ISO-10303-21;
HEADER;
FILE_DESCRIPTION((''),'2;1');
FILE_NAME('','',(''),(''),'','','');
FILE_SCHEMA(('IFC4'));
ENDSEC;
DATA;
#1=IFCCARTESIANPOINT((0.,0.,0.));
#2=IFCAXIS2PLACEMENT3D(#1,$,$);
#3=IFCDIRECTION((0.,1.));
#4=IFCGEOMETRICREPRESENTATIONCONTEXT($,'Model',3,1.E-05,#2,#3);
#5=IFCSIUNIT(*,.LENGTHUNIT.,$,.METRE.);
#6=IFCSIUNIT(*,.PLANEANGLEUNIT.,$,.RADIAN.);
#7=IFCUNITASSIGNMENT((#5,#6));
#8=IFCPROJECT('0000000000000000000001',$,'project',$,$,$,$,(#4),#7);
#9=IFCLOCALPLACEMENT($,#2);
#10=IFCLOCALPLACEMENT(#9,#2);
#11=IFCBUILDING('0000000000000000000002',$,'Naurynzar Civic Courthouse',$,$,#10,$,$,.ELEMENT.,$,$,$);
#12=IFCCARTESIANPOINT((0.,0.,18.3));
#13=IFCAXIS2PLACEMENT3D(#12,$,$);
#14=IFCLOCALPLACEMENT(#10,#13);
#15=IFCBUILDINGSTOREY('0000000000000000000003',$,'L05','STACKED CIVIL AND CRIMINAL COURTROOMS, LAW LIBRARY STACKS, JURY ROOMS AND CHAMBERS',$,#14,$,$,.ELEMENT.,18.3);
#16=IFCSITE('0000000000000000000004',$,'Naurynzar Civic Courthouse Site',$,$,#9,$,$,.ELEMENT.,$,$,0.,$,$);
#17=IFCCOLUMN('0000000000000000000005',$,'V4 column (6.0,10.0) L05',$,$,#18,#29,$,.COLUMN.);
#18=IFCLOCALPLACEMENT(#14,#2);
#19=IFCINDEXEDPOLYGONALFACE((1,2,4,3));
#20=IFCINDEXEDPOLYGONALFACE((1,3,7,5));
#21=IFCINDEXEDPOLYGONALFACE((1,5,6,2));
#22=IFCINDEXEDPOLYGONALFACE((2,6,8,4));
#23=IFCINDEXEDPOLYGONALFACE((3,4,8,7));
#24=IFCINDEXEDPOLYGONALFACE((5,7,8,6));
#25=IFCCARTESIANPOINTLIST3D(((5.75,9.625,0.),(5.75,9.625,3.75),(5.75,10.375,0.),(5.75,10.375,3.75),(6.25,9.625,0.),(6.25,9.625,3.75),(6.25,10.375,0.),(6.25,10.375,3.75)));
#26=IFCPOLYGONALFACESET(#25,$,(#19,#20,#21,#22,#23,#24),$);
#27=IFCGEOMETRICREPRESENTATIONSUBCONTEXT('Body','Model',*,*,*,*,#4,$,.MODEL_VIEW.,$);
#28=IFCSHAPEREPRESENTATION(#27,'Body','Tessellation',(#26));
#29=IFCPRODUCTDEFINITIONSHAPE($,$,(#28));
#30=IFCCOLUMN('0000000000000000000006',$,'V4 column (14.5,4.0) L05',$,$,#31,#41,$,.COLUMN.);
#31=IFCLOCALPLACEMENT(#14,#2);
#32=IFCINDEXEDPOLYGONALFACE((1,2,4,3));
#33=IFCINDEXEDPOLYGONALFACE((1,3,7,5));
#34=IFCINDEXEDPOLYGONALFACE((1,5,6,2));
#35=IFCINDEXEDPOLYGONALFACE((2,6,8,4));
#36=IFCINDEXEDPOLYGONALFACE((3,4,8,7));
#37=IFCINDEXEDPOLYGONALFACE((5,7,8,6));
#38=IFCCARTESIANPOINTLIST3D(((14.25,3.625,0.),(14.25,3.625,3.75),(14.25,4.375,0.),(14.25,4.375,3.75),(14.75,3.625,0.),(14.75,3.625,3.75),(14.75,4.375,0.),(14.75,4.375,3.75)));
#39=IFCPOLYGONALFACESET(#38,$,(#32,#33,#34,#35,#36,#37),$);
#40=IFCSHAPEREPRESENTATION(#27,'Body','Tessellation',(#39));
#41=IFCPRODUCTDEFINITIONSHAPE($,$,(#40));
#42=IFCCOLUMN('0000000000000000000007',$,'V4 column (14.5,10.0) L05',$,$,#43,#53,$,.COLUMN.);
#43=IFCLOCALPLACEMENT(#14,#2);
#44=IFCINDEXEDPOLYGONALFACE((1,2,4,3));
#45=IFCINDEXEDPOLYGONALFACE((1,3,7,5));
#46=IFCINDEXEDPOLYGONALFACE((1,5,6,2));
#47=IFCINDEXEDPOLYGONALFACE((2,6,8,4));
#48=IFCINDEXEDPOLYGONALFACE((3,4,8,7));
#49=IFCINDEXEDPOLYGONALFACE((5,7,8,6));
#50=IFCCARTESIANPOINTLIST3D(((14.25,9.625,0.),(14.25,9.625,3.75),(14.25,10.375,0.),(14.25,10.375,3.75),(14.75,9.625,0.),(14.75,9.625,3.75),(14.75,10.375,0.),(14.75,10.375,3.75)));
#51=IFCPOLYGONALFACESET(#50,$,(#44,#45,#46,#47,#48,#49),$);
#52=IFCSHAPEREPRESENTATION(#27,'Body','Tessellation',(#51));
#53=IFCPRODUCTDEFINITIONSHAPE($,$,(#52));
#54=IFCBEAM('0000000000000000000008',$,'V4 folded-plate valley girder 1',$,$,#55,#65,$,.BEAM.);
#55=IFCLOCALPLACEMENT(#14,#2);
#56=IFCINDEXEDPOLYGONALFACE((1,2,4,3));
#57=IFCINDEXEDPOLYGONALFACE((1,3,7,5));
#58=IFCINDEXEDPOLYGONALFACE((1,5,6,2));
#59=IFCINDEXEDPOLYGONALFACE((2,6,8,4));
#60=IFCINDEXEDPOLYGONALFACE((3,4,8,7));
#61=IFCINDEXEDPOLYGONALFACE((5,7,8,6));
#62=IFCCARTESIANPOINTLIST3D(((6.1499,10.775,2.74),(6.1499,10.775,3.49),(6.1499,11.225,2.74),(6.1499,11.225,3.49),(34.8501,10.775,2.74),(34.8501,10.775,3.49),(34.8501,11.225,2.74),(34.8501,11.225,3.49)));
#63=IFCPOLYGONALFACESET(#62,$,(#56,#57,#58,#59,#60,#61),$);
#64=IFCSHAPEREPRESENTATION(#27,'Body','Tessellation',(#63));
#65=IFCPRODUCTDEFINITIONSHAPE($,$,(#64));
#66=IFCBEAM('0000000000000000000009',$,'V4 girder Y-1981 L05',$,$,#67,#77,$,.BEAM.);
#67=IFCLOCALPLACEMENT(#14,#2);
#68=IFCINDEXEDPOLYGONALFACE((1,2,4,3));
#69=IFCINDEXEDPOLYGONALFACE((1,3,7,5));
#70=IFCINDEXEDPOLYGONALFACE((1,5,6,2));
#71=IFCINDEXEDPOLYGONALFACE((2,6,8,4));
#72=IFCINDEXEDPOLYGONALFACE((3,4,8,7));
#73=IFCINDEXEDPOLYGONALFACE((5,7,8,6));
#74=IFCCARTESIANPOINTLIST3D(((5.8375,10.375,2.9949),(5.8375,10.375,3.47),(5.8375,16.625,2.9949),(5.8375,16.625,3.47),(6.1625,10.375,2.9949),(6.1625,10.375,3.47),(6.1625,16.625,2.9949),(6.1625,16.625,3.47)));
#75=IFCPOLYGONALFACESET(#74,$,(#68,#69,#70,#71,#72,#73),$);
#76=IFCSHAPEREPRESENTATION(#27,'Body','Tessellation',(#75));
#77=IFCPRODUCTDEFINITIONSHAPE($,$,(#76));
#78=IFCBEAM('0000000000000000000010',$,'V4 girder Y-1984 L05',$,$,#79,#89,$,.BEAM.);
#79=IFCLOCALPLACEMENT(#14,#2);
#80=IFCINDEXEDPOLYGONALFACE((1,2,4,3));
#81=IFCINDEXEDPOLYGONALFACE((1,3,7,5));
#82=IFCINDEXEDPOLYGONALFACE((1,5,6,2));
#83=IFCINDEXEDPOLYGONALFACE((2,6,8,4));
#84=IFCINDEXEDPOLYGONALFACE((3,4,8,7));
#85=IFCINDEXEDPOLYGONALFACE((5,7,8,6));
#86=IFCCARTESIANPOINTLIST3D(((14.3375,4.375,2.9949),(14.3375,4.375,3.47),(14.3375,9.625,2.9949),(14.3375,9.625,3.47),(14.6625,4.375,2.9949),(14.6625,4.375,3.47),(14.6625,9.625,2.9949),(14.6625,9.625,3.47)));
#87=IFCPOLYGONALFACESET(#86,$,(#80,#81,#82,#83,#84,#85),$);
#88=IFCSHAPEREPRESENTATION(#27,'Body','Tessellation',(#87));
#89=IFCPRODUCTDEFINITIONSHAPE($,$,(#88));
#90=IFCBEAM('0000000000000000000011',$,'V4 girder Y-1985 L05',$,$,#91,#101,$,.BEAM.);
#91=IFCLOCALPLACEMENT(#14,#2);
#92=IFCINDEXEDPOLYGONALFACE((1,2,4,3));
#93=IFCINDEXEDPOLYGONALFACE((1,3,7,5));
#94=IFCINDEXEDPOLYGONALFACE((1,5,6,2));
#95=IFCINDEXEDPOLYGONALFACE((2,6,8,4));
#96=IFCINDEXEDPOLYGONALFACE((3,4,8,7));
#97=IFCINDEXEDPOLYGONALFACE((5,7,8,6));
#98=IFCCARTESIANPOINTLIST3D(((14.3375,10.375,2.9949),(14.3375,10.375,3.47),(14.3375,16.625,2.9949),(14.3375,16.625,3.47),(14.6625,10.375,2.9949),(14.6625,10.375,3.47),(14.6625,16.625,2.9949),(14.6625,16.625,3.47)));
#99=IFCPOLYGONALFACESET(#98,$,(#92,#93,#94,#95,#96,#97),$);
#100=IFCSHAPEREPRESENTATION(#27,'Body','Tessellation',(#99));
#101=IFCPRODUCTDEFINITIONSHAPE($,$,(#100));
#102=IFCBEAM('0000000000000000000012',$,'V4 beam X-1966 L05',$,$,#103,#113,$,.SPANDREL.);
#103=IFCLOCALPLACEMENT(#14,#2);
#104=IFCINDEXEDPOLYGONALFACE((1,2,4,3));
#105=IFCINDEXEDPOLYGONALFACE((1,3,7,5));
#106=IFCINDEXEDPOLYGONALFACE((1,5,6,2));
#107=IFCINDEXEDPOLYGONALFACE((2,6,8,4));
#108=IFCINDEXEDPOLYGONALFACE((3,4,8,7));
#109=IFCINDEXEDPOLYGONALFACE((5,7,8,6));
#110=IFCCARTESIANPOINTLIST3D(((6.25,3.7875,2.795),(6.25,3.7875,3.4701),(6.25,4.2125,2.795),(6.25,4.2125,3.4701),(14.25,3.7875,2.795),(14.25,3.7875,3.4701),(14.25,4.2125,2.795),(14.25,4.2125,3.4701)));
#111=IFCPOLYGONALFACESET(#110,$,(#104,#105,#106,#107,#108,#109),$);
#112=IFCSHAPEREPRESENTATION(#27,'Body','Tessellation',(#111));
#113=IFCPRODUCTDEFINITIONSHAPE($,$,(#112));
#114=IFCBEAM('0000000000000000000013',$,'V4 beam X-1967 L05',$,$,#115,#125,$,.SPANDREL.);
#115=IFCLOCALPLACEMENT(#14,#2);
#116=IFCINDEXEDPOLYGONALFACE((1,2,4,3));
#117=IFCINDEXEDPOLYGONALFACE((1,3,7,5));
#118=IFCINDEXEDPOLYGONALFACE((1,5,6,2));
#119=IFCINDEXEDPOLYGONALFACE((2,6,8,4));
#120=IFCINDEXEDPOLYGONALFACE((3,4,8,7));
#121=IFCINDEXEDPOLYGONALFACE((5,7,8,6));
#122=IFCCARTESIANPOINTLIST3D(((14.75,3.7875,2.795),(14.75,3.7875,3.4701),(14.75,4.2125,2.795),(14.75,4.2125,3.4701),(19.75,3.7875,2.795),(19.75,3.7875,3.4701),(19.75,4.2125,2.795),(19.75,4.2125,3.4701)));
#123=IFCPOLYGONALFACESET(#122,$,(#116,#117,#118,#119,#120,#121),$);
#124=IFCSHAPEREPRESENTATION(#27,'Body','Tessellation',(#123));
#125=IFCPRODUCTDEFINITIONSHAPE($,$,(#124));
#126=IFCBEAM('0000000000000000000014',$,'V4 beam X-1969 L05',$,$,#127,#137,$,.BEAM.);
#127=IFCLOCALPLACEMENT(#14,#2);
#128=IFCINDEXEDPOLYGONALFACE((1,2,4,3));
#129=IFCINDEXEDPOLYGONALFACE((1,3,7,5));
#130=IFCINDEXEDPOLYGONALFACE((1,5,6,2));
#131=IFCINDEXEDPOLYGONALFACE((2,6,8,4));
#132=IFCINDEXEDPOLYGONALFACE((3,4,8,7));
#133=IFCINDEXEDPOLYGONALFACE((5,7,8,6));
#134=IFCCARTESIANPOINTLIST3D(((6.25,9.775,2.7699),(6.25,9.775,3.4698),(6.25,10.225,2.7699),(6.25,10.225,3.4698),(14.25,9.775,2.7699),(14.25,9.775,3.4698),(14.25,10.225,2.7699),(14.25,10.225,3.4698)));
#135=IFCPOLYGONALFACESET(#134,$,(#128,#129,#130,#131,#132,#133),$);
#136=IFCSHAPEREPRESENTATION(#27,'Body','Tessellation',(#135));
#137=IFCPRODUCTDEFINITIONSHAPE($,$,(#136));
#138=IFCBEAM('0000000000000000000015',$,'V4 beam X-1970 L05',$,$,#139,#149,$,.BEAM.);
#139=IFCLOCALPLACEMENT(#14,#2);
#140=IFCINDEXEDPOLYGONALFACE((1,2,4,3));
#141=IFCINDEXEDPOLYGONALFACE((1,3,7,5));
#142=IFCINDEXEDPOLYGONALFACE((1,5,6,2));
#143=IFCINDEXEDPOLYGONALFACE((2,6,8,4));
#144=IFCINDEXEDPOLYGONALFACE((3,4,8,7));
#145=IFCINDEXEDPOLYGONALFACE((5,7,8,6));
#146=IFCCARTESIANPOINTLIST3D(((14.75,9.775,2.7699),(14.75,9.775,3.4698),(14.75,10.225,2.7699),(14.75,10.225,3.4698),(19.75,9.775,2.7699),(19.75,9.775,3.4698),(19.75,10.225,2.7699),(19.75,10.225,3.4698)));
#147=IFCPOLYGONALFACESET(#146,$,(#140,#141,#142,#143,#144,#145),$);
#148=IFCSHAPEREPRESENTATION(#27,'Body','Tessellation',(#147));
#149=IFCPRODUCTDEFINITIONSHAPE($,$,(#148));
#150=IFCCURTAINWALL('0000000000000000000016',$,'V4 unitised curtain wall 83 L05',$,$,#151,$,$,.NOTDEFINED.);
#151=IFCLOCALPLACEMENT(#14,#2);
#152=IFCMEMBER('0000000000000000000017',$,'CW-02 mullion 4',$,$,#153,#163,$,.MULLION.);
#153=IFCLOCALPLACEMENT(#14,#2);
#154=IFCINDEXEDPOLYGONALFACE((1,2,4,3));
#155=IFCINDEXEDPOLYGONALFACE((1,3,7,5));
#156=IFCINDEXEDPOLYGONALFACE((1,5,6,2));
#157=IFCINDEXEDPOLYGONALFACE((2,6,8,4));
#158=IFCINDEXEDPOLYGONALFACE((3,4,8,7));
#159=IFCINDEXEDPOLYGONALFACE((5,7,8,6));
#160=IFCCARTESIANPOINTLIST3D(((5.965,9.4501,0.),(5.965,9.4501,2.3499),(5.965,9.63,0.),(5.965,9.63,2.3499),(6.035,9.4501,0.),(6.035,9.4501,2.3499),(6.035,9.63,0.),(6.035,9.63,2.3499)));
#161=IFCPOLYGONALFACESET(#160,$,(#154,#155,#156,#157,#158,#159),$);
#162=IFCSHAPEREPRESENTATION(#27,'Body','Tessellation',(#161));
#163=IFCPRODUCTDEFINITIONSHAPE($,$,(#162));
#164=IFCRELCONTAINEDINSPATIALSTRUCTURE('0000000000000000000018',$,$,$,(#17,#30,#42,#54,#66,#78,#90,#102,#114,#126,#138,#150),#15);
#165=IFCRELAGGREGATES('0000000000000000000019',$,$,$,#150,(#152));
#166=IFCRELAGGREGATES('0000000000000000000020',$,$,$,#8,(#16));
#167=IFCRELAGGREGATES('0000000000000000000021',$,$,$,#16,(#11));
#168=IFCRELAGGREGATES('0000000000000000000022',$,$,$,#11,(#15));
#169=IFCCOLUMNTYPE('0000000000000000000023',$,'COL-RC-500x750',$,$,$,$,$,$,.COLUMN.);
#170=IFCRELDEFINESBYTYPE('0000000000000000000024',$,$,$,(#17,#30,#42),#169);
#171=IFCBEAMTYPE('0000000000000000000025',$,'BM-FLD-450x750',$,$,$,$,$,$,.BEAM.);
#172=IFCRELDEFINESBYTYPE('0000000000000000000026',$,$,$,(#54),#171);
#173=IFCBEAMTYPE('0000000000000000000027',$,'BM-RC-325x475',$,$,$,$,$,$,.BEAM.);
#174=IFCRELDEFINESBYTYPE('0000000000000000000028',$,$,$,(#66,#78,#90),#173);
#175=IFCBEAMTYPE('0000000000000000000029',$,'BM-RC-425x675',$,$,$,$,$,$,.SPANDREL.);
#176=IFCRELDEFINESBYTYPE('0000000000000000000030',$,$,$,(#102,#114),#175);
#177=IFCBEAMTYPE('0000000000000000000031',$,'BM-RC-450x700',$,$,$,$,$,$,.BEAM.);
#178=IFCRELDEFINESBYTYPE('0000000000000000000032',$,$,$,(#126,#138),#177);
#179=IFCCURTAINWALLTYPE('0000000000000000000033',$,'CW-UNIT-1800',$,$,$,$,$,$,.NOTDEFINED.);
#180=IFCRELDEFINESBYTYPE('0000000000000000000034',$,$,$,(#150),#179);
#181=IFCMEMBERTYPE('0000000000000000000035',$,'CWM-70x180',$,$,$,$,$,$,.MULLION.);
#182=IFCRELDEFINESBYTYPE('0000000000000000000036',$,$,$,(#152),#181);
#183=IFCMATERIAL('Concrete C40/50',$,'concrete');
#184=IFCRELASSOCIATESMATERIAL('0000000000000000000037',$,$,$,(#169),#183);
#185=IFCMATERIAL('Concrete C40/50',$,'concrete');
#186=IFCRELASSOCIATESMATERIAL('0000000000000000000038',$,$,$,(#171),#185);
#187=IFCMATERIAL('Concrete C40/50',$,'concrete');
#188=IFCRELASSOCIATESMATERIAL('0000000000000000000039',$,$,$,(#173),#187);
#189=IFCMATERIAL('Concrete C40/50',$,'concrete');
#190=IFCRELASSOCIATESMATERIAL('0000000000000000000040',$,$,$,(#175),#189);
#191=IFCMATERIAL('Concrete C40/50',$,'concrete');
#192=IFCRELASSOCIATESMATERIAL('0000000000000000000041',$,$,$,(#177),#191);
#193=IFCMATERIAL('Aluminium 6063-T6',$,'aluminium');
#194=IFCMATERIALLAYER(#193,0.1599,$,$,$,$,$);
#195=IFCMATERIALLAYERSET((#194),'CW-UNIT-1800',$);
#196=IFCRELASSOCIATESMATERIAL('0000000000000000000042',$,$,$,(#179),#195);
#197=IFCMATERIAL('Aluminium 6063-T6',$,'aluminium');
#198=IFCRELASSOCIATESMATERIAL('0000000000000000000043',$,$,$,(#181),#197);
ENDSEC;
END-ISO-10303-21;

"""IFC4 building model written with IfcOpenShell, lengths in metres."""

from ifc_helpers import new_model, si_unit, direction, frame, origin, origin_2d, place, context, subcontext, project, spatial, rectangle, extrude, material, layer, layer_set, material_profile, profile_set, type_object, element, aggregate, save


model = new_model("IFC4")

# Units and contexts
model_context = context("Model", 3, precision=1e-05, world=origin(), true_north=direction((0.0, 1.0)))
body_context = subcontext(model_context, "Body", "Model", "MODEL_VIEW")
ifc_project = project(units=[si_unit("LENGTHUNIT", "METRE"), si_unit("PLANEANGLEUNIT", "RADIAN")], contexts=[model_context])

# Site, building, storey
site_placement = place(None, origin())
site = spatial("IfcSite", under=ifc_project, at=site_placement, Name="Naurynzar Civic Courthouse Site", CompositionType="ELEMENT", RefElevation=0.0)
building_placement = place(site_placement, origin())
building = spatial("IfcBuilding", under=site, at=building_placement, Name="Naurynzar Civic Courthouse", CompositionType="ELEMENT")
storey_placement = place(building_placement, frame((0.0, 0.0, 18.3)))
storey = spatial("IfcBuildingStorey", under=building, at=storey_placement, Name="L05", Description="STACKED CIVIL AND CRIMINAL COURTROOMS, LAW LIBRARY STACKS, JURY ROOMS AND CHAMBERS", CompositionType="ELEMENT", Elevation=18.3)

# Columns
ifc_material_1 = material(Name="Concrete C40/50", Category="concrete")
ifc_material_profile_1 = material_profile(ifc_material_1, rectangle(XDim=0.5, YDim=0.75, at=origin_2d()), Name="RC 500x750")
ifc_profile_set_1 = profile_set([ifc_material_profile_1], Name="Concrete C40/50")
column_type = type_object("IfcColumnType", Name="COL-RC-500x750", PredefinedType="COLUMN", material=ifc_profile_set_1)
for number, where, z_axis, x_axis, name in (
    (1, (6.0, 10.0, 0.0), (0.0, 0.0, 1.0), (1.0, 0.0, 0.0), "V4 column (6.0,10.0) L05"),
    (2, (14.5, 4.0, 0.0), (0.0, 0.0, 1.0), (1.0, 0.0, 0.0), "V4 column (14.5,4.0) L05"),
    (3, (14.5, 10.0, 0.0), (0.0, 0.0, 1.0), (1.0, 0.0, 0.0), "V4 column (14.5,10.0) L05"),
):
    element("IfcColumn", number, at=place(storey_placement, frame(where, z_axis=z_axis, x_axis=x_axis)), inside=storey, type_object=column_type, Name=name, PredefinedType="COLUMN", context=body_context, shape_type="SweptSolid", body=[
        extrude(rectangle(XDim=0.5, YDim=0.75, at=origin_2d()), origin(), (0.0, 0.0, 1.0), 3.75),
    ])

# Beams
ifc_material_2 = material(Name="Concrete C40/50", Category="concrete")
ifc_material_profile_2 = material_profile(ifc_material_2, rectangle(XDim=0.45, YDim=0.75, at=origin_2d()), Name="RCF 450x750")
ifc_profile_set_2 = profile_set([ifc_material_profile_2], Name="Concrete C40/50")
beam_type_1 = type_object("IfcBeamType", Name="BM-FLD-450x750", PredefinedType="BEAM", material=ifc_profile_set_2)
beam_1_placement = place(storey_placement, frame((6.1499, 11.0, 3.115), z_axis=(1.0, 0.0, 0.0), x_axis=(0.0, 1.0, 0.0)))
element("IfcBeam", 4, at=beam_1_placement, inside=storey, type_object=beam_type_1, Name="V4 folded-plate valley girder 1", PredefinedType="BEAM", context=body_context, shape_type="SweptSolid", body=[
    extrude(rectangle(XDim=0.45, YDim=0.75, at=origin_2d()), origin(), (0.0, 0.0, 1.0), 28.7002),
])
ifc_material_3 = material(Name="Concrete C40/50", Category="concrete")
ifc_material_profile_3 = material_profile(ifc_material_3, rectangle(XDim=0.325, YDim=0.4751, at=origin_2d()), Name="RCB 325x475")
ifc_profile_set_3 = profile_set([ifc_material_profile_3], Name="Concrete C40/50")
beam_type_2 = type_object("IfcBeamType", Name="BM-RC-325x475", PredefinedType="BEAM", material=ifc_profile_set_3)
beam_2_placement = place(storey_placement, frame((6.0, 10.375, 3.2324), z_axis=(0.0, 1.0, 0.0), x_axis=(-1.0, 0.0, 0.0)))
element("IfcBeam", 5, at=beam_2_placement, inside=storey, type_object=beam_type_2, Name="V4 girder Y-1981 L05", PredefinedType="BEAM", context=body_context, shape_type="SweptSolid", body=[
    extrude(rectangle(XDim=0.325, YDim=0.4751, at=origin_2d()), origin(), (0.0, 0.0, 1.0), 6.25),
])
beam_3_placement = place(storey_placement, frame((14.5, 4.375, 3.2324), z_axis=(0.0, 1.0, 0.0), x_axis=(-1.0, 0.0, 0.0)))
element("IfcBeam", 6, at=beam_3_placement, inside=storey, type_object=beam_type_2, Name="V4 girder Y-1984 L05", PredefinedType="BEAM", context=body_context, shape_type="SweptSolid", body=[
    extrude(rectangle(XDim=0.325, YDim=0.4751, at=origin_2d()), origin(), (0.0, 0.0, 1.0), 5.25),
])
beam_4_placement = place(storey_placement, frame((14.5, 10.375, 3.2324), z_axis=(0.0, 1.0, 0.0), x_axis=(-1.0, 0.0, 0.0)))
element("IfcBeam", 7, at=beam_4_placement, inside=storey, type_object=beam_type_2, Name="V4 girder Y-1985 L05", PredefinedType="BEAM", context=body_context, shape_type="SweptSolid", body=[
    extrude(rectangle(XDim=0.325, YDim=0.4751, at=origin_2d()), origin(), (0.0, 0.0, 1.0), 6.25),
])
ifc_material_4 = material(Name="Concrete C40/50", Category="concrete")
ifc_material_profile_4 = material_profile(ifc_material_4, rectangle(XDim=0.425, YDim=0.675, at=origin_2d()), Name="RCB 425x675")
ifc_profile_set_4 = profile_set([ifc_material_profile_4], Name="Concrete C40/50")
beam_type_3 = type_object("IfcBeamType", Name="BM-RC-425x675", PredefinedType="SPANDREL", material=ifc_profile_set_4)
beam_5_placement = place(storey_placement, frame((6.25, 4.0, 3.1326), z_axis=(1.0, 0.0, 0.0), x_axis=(0.0, 1.0, 0.0)))
element("IfcBeam", 8, at=beam_5_placement, inside=storey, type_object=beam_type_3, Name="V4 beam X-1966 L05", PredefinedType="SPANDREL", context=body_context, shape_type="SweptSolid", body=[
    extrude(rectangle(XDim=0.425, YDim=0.675, at=origin_2d()), origin(), (0.0, 0.0, 1.0), 8.0),
])
beam_6_placement = place(storey_placement, frame((14.75, 4.0, 3.1326), z_axis=(1.0, 0.0, 0.0), x_axis=(0.0, 1.0, 0.0)))
element("IfcBeam", 9, at=beam_6_placement, inside=storey, type_object=beam_type_3, Name="V4 beam X-1967 L05", PredefinedType="SPANDREL", context=body_context, shape_type="SweptSolid", body=[
    extrude(rectangle(XDim=0.425, YDim=0.675, at=origin_2d()), origin(), (0.0, 0.0, 1.0), 5.0),
])
ifc_material_5 = material(Name="Concrete C40/50", Category="concrete")
ifc_material_profile_5 = material_profile(ifc_material_5, rectangle(XDim=0.45, YDim=0.7, at=origin_2d()), Name="RCB 450x700")
ifc_profile_set_5 = profile_set([ifc_material_profile_5], Name="Concrete C40/50")
beam_type_4 = type_object("IfcBeamType", Name="BM-RC-450x700", PredefinedType="BEAM", material=ifc_profile_set_5)
beam_7_placement = place(storey_placement, frame((6.25, 10.0, 3.1199), z_axis=(1.0, 0.0, 0.0), x_axis=(0.0, 1.0, 0.0)))
element("IfcBeam", 10, at=beam_7_placement, inside=storey, type_object=beam_type_4, Name="V4 beam X-1969 L05", PredefinedType="BEAM", context=body_context, shape_type="SweptSolid", body=[
    extrude(rectangle(XDim=0.45, YDim=0.7, at=origin_2d()), origin(), (0.0, 0.0, 1.0), 8.0),
])
beam_8_placement = place(storey_placement, frame((14.75, 10.0, 3.1199), z_axis=(1.0, 0.0, 0.0), x_axis=(0.0, 1.0, 0.0)))
element("IfcBeam", 11, at=beam_8_placement, inside=storey, type_object=beam_type_4, Name="V4 beam X-1970 L05", PredefinedType="BEAM", context=body_context, shape_type="SweptSolid", body=[
    extrude(rectangle(XDim=0.45, YDim=0.7, at=origin_2d()), origin(), (0.0, 0.0, 1.0), 5.0),
])

# Curtain wall, member
ifc_material_6 = material(Name="Aluminium 6063-T6", Category="aluminium")
ifc_layer_1 = layer(ifc_material_6, 0.1599)
ifc_layer_set_1 = layer_set([ifc_layer_1], Name="CW-UNIT-1800")
curtain_wall_type = type_object("IfcCurtainWallType", Name="CW-UNIT-1800", PredefinedType="NOTDEFINED", material=ifc_layer_set_1)
curtain_wall_placement = place(storey_placement, origin())
curtain_wall = element("IfcCurtainWall", 12, at=curtain_wall_placement, inside=storey, type_object=curtain_wall_type, Name="V4 unitised curtain wall 83 L05", PredefinedType="NOTDEFINED")
ifc_material_7 = material(Name="Aluminium 6063-T6", Category="aluminium")
ifc_material_profile_6 = material_profile(ifc_material_7, rectangle(XDim=0.0701, YDim=0.1799, at=origin_2d()), Name="ALU MULLION 70x180")
ifc_profile_set_6 = profile_set([ifc_material_profile_6], Name="Aluminium 6063-T6")
member_type_1 = type_object("IfcMemberType", Name="CWM-70x180", PredefinedType="MULLION", material=ifc_profile_set_6)
member_1_placement = place(storey_placement, frame((6.0, 9.54, 0.0), z_axis=(0.0, 0.0, 1.0), x_axis=(-1.0, 0.0, 0.0)))
member_1 = element("IfcMember", 13, at=member_1_placement, type_object=member_type_1, Name="CW-02 mullion 4", PredefinedType="MULLION", context=body_context, shape_type="SweptSolid", body=[
    extrude(rectangle(XDim=0.0701, YDim=0.1799, at=origin_2d()), origin(), (0.0, 0.0, 1.0), 2.3499),
])
aggregate(curtain_wall, [member_1])

save(model, "model.ifc")
